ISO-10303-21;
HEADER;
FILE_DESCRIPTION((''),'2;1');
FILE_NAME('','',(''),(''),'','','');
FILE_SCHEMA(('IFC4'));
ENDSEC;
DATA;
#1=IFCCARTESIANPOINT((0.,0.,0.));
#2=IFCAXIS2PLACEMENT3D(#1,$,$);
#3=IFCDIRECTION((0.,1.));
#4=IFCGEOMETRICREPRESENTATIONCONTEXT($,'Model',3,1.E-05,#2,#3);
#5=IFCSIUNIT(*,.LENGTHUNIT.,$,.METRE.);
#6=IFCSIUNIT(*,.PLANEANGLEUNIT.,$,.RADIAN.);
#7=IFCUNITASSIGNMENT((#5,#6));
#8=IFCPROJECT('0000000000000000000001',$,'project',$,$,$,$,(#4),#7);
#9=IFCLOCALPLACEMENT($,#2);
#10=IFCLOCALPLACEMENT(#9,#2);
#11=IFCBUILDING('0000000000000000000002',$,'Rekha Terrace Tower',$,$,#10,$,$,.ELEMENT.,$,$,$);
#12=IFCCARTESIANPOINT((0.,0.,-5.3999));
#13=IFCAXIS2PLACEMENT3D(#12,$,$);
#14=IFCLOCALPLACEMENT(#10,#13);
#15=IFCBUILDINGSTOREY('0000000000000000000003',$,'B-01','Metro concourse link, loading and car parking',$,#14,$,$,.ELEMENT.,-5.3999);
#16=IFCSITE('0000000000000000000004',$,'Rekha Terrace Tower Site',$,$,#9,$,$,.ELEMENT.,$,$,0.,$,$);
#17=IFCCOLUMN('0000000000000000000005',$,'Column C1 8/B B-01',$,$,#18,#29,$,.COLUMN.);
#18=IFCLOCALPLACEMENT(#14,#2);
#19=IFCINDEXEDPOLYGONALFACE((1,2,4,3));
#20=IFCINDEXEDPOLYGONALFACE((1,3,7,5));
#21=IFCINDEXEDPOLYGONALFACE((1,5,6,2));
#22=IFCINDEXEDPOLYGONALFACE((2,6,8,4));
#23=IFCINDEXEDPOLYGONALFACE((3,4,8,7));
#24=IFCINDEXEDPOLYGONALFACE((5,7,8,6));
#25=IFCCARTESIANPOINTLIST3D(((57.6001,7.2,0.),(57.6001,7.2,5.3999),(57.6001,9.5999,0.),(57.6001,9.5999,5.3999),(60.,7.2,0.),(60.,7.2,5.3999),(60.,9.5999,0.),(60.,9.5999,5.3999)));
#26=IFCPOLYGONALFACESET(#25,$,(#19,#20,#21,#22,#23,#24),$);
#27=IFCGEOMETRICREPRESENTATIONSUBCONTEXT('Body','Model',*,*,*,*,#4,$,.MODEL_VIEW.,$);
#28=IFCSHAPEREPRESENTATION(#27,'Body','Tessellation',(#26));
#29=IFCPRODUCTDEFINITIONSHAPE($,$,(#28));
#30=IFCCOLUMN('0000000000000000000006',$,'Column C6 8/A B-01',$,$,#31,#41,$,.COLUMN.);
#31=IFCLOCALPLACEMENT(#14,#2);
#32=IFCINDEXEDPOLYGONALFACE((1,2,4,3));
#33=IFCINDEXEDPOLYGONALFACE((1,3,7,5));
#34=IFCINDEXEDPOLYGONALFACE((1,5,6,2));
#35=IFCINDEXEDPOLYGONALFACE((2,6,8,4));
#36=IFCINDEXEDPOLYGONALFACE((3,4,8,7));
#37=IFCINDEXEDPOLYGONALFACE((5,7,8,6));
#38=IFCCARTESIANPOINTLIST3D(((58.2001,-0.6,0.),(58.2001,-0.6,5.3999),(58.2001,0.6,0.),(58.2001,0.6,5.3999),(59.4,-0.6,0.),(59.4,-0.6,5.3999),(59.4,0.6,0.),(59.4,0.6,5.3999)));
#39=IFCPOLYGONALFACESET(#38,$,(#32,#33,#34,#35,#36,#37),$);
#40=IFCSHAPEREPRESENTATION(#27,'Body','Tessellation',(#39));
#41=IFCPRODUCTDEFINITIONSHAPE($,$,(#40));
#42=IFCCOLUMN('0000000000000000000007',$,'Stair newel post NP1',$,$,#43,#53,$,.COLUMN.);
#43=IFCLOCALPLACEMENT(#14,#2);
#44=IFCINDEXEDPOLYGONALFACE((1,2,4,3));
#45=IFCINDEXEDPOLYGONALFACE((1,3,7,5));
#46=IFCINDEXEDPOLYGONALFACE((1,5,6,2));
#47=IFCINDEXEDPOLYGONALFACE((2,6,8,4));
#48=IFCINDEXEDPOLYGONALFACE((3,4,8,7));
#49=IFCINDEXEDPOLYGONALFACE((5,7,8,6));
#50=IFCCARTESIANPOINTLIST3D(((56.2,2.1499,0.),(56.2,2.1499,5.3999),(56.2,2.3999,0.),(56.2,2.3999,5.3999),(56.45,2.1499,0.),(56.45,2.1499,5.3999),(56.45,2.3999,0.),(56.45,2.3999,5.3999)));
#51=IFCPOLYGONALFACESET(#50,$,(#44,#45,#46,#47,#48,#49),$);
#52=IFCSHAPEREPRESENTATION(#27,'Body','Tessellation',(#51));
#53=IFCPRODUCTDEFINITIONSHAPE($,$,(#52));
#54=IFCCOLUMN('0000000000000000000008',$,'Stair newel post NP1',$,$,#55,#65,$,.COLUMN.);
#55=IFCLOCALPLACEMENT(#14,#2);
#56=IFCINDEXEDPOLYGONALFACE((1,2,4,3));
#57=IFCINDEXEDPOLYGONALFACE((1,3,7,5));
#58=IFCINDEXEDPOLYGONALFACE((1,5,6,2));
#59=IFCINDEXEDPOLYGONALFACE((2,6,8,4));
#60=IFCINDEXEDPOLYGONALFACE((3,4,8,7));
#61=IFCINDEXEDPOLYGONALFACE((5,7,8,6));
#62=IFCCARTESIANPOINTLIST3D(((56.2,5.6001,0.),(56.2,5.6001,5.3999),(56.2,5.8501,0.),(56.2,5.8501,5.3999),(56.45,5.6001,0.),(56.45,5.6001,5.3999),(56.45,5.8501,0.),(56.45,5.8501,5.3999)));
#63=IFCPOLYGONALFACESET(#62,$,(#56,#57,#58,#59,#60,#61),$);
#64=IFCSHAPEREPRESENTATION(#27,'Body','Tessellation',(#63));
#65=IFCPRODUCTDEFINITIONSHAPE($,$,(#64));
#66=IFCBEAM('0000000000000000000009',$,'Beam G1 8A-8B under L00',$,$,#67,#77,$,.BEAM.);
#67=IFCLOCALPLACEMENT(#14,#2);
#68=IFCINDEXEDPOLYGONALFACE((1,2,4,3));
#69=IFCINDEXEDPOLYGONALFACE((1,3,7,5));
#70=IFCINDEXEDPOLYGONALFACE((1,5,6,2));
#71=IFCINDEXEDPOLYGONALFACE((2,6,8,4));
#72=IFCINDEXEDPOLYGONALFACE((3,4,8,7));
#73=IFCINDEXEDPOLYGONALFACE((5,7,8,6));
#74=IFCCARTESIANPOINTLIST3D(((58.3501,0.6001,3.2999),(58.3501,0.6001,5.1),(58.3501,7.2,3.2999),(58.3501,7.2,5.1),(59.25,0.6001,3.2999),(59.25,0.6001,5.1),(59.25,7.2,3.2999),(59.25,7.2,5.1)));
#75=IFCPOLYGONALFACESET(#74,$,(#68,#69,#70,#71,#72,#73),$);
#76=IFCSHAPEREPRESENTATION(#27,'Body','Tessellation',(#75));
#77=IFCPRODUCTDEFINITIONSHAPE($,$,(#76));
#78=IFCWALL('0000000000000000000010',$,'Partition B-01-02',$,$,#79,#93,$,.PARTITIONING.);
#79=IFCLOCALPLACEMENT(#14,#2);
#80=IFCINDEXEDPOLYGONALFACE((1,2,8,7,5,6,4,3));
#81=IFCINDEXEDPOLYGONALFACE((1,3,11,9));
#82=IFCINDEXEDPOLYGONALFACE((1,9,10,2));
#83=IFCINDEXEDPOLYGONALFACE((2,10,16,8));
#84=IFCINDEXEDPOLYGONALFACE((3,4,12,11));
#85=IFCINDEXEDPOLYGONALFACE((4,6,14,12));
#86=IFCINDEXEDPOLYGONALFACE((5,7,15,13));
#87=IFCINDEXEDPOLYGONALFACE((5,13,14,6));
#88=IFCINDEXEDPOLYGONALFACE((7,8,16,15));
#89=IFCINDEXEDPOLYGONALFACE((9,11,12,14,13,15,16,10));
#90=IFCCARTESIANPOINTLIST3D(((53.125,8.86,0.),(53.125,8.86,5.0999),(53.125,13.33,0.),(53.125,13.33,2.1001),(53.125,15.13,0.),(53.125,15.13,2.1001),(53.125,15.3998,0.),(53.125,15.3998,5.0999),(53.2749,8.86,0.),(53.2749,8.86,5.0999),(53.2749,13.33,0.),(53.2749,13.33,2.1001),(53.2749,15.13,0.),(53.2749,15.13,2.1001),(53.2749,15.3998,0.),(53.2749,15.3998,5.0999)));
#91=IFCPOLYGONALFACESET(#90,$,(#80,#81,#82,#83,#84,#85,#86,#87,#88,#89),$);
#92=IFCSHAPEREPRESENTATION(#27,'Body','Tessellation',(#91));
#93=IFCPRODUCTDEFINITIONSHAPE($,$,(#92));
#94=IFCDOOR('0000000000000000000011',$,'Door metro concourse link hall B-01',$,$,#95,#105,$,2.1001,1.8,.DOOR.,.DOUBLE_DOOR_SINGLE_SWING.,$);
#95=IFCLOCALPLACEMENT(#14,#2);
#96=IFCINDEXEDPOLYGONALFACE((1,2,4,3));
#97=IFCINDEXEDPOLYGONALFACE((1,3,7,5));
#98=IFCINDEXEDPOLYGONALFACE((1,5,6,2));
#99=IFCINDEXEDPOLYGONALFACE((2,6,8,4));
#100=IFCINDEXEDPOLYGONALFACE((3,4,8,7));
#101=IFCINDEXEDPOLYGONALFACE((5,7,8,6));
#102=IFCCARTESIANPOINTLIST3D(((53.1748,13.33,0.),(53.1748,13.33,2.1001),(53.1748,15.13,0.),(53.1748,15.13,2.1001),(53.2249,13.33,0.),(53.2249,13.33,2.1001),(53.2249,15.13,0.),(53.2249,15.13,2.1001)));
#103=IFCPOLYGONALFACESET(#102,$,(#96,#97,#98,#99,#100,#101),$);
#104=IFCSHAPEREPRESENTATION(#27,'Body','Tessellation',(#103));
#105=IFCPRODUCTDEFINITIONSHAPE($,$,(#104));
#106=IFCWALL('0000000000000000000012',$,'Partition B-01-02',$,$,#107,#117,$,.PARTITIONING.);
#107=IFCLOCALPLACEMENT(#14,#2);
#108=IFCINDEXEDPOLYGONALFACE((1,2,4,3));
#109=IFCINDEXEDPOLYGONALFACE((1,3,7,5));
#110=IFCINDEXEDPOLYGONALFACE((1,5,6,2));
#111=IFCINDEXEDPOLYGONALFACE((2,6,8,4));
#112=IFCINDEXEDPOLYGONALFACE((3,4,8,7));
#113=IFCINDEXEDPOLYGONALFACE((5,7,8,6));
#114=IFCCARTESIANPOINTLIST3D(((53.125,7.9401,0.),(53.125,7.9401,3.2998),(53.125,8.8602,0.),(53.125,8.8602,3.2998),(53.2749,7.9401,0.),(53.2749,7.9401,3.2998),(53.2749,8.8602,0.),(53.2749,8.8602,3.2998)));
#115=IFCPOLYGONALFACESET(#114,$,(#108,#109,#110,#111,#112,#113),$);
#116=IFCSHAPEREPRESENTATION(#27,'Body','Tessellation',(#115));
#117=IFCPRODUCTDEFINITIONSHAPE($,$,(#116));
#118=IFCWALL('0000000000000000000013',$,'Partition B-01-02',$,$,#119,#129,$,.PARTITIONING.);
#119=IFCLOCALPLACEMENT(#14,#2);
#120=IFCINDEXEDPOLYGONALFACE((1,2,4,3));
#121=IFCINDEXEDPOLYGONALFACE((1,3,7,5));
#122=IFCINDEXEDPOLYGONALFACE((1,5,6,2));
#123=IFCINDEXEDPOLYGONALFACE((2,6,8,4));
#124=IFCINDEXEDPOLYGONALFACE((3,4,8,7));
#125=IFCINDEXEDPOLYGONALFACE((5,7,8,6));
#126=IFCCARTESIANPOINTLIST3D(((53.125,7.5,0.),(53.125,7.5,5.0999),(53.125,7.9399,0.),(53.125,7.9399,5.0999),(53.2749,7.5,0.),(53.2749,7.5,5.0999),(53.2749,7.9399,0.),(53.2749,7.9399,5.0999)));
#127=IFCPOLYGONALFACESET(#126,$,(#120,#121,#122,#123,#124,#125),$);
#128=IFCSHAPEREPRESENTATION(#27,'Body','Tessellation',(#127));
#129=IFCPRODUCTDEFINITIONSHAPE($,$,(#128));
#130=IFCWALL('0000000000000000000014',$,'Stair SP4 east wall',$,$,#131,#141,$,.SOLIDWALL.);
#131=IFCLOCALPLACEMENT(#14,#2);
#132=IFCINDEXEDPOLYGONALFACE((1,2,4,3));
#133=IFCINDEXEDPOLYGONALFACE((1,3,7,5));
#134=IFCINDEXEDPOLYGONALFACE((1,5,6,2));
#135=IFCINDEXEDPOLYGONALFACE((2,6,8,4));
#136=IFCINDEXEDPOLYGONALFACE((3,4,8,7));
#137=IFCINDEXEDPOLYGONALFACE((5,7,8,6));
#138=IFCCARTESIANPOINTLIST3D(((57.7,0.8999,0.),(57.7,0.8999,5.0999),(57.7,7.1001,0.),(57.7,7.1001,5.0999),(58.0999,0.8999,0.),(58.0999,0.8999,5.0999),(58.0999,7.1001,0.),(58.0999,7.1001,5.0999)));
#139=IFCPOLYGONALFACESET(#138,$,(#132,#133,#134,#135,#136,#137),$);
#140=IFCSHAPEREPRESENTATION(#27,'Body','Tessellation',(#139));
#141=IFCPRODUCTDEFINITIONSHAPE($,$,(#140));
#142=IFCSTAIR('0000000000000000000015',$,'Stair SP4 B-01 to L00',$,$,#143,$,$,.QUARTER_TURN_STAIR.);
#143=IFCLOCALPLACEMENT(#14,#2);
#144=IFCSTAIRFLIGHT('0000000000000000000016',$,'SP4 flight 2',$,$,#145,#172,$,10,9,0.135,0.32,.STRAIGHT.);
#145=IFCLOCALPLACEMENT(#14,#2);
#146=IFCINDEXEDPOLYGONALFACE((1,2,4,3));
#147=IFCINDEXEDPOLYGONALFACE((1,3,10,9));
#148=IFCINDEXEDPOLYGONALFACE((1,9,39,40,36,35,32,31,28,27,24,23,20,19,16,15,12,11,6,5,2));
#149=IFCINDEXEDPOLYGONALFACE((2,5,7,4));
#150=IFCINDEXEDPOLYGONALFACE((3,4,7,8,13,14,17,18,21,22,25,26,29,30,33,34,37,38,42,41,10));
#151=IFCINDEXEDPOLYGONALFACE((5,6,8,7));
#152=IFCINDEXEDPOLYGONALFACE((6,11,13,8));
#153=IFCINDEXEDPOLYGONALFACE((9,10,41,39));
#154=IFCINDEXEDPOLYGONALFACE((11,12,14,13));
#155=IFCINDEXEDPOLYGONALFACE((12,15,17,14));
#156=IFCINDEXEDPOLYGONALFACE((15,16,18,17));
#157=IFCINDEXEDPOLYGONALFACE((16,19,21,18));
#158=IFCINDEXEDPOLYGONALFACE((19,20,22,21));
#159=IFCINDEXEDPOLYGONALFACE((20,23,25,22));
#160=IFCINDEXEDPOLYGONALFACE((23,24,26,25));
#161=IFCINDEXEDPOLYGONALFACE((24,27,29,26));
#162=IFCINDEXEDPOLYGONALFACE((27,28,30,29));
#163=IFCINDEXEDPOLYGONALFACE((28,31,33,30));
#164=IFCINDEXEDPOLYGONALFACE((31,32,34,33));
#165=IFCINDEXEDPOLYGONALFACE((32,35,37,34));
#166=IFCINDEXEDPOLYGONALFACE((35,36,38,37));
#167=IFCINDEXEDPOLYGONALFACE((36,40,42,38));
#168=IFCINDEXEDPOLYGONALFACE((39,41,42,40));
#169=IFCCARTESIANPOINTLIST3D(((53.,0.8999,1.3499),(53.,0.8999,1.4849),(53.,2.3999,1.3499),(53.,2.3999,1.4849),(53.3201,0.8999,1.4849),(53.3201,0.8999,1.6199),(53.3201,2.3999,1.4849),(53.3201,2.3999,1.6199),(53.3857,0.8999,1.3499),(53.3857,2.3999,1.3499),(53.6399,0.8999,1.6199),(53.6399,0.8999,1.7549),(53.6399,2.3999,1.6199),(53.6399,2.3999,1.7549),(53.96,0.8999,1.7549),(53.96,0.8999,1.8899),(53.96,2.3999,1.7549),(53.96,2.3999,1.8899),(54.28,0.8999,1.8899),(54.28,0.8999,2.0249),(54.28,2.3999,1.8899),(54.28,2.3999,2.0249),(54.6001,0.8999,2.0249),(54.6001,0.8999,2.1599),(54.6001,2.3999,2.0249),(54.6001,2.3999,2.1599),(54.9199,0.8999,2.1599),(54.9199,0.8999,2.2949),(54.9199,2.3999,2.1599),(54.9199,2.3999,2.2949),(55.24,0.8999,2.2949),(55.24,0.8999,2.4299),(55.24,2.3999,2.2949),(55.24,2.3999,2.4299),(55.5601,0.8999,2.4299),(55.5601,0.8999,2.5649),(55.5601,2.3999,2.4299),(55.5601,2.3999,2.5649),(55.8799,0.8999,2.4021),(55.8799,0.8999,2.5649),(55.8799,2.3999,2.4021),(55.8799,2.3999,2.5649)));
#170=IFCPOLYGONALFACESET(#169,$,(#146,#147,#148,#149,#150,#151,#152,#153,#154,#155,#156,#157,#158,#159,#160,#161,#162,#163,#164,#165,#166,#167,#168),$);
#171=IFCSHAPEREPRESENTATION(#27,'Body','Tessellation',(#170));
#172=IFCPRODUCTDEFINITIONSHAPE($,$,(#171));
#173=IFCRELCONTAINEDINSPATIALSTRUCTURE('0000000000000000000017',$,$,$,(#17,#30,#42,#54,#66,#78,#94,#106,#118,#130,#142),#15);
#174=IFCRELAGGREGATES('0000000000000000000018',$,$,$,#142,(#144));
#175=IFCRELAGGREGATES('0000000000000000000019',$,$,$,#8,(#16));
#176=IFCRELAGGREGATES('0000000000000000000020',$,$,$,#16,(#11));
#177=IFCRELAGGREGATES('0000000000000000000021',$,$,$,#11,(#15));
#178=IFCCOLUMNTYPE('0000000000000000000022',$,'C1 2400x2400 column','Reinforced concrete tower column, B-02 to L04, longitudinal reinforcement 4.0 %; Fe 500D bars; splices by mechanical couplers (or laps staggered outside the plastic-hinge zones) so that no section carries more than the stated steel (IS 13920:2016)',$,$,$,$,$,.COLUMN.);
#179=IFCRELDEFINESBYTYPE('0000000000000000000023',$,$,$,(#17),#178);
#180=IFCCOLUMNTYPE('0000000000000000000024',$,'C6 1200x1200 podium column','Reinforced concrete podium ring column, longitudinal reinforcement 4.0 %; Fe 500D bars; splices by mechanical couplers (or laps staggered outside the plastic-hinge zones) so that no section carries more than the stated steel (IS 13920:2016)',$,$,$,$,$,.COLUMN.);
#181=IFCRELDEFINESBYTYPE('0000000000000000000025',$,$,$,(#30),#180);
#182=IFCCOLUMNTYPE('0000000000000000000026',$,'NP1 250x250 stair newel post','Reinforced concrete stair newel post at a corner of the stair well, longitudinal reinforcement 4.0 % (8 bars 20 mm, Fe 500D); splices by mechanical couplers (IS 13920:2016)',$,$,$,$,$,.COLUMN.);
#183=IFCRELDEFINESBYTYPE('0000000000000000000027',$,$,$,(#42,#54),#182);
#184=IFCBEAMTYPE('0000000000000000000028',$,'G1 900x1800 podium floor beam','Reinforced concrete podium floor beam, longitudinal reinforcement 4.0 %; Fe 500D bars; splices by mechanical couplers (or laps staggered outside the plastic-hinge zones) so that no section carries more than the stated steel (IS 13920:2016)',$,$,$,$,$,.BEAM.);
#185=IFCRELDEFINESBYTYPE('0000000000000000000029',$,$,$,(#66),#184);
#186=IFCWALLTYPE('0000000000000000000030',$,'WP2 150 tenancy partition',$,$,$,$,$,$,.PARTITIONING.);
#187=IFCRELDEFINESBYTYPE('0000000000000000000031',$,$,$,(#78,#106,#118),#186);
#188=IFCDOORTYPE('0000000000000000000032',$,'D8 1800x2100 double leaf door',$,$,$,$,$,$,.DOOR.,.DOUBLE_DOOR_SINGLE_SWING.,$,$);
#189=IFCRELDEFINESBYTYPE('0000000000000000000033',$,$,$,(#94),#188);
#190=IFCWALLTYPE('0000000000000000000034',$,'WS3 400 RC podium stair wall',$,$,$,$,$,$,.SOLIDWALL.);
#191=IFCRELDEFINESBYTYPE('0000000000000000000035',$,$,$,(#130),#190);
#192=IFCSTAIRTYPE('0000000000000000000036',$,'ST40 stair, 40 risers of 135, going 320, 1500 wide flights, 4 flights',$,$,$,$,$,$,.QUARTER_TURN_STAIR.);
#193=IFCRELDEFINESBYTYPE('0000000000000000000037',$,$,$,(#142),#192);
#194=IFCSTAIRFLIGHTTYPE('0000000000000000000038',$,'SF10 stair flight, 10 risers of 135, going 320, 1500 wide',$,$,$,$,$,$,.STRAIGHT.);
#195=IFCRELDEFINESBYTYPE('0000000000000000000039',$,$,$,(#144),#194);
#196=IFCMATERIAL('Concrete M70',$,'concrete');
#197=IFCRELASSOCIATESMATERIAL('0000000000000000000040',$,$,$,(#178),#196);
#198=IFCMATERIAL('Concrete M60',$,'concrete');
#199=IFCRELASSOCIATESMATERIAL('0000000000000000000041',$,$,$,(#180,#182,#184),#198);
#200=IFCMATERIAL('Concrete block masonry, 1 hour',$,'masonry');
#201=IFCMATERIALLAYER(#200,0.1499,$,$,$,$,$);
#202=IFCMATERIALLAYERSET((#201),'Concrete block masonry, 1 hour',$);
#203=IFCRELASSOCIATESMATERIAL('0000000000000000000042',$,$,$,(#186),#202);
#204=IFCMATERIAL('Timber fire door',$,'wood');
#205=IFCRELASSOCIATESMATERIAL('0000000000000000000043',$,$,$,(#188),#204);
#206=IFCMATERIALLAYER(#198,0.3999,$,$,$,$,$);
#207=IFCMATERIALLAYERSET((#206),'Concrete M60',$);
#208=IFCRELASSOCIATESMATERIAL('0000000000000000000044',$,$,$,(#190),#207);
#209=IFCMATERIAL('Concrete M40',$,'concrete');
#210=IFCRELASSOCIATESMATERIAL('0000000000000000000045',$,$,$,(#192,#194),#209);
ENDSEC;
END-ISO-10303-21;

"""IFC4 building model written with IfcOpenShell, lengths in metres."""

from ifc_helpers import new_model, si_unit, direction, frame, frame_2d, origin, origin_2d, place, context, subcontext, project, spatial, polyline, rectangle, outline, extrude, material, layer, layer_set, material_profile, profile_set, type_object, element, fill, aggregate, save


model = new_model("IFC4")

# Units and contexts
model_context = context("Model", 3, precision=1e-05, world=origin(), true_north=direction((0.0, 1.0)))
body_context = subcontext(model_context, "Body", "Model", "MODEL_VIEW")
ifc_project = project(units=[si_unit("LENGTHUNIT", "METRE"), si_unit("PLANEANGLEUNIT", "RADIAN")], contexts=[model_context])

# Site, building, storey
site_placement = place(None, origin())
site = spatial("IfcSite", under=ifc_project, at=site_placement, Name="Rekha Terrace Tower Site", CompositionType="ELEMENT", RefElevation=0.0)
building_placement = place(site_placement, origin())
building = spatial("IfcBuilding", under=site, at=building_placement, Name="Rekha Terrace Tower", CompositionType="ELEMENT")
storey_placement = place(building_placement, frame((0.0, 0.0, -5.3999)))
storey = spatial("IfcBuildingStorey", under=building, at=storey_placement, Name="B-01", Description="Metro concourse link, loading and car parking", CompositionType="ELEMENT", Elevation=-5.3999)

# Columns
ifc_material_1 = material(Name="Concrete M70", Category="concrete")
ifc_material_profile_1 = material_profile(ifc_material_1, rectangle(XDim=2.3999, YDim=2.3999, at=origin_2d()), Name="RC 2400x2400")
ifc_profile_set_1 = profile_set([ifc_material_profile_1], Name="Concrete M70")
column_type_1 = type_object("IfcColumnType", Name="C1 2400x2400 column", Description="Reinforced concrete tower column, B-02 to L04, longitudinal reinforcement 4.0 %; Fe 500D bars; splices by mechanical couplers (or laps staggered outside the plastic-hinge zones) so that no section carries more than the stated steel (IS 13920:2016)", PredefinedType="COLUMN", material=ifc_profile_set_1)
column_1_placement = place(storey_placement, frame((58.8, 8.3999, 0.0), z_axis=(0.0, 0.0, 1.0), x_axis=(1.0, 0.0, 0.0)))
element("IfcColumn", 1, at=column_1_placement, inside=storey, type_object=column_type_1, Name="Column C1 8/B B-01", PredefinedType="COLUMN", context=body_context, shape_type="SweptSolid", body=[
    extrude(rectangle(XDim=2.3999, YDim=2.3999, at=origin_2d()), origin(), (0.0, 0.0, 1.0), 5.3999),
])
ifc_material_2 = material(Name="Concrete M60", Category="concrete")
ifc_material_profile_2 = material_profile(ifc_material_2, rectangle(XDim=1.2, YDim=1.2, at=origin_2d()), Name="RC 1200x1200")
ifc_profile_set_2 = profile_set([ifc_material_profile_2], Name="Concrete M60")
column_type_2 = type_object("IfcColumnType", Name="C6 1200x1200 podium column", Description="Reinforced concrete podium ring column, longitudinal reinforcement 4.0 %; Fe 500D bars; splices by mechanical couplers (or laps staggered outside the plastic-hinge zones) so that no section carries more than the stated steel (IS 13920:2016)", PredefinedType="COLUMN", material=ifc_profile_set_2)
column_2_placement = place(storey_placement, frame((58.8, 0.0, 0.0), z_axis=(0.0, 0.0, 1.0), x_axis=(1.0, 0.0, 0.0)))
element("IfcColumn", 2, at=column_2_placement, inside=storey, type_object=column_type_2, Name="Column C6 8/A B-01", PredefinedType="COLUMN", context=body_context, shape_type="SweptSolid", body=[
    extrude(rectangle(XDim=1.2, YDim=1.2, at=origin_2d()), origin(), (0.0, 0.0, 1.0), 5.3999),
])
ifc_material_profile_3 = material_profile(ifc_material_2, rectangle(XDim=0.25, YDim=0.25, at=origin_2d()), Name="RC 250x250")
ifc_profile_set_3 = profile_set([ifc_material_profile_3], Name="Concrete M60")
column_type_3 = type_object("IfcColumnType", Name="NP1 250x250 stair newel post", Description="Reinforced concrete stair newel post at a corner of the stair well, longitudinal reinforcement 4.0 % (8 bars 20 mm, Fe 500D); splices by mechanical couplers (IS 13920:2016)", PredefinedType="COLUMN", material=ifc_profile_set_3)
for number, where, z_axis, x_axis, name in (
    (3, (56.325, 2.2749, 0.0), (0.0, 0.0, 1.0), (1.0, 0.0, 0.0), "Stair newel post NP1"),
    (4, (56.325, 5.7251, 0.0), (0.0, 0.0, 1.0), (1.0, 0.0, 0.0), "Stair newel post NP1"),
):
    element("IfcColumn", number, at=place(storey_placement, frame(where, z_axis=z_axis, x_axis=x_axis)), inside=storey, type_object=column_type_3, Name=name, PredefinedType="COLUMN", context=body_context, shape_type="SweptSolid", body=[
        extrude(rectangle(XDim=0.25, YDim=0.25, at=origin_2d()), origin(), (0.0, 0.0, 1.0), 5.3999),
    ])

# Beam
ifc_material_profile_4 = material_profile(ifc_material_2, rectangle(XDim=0.8999, YDim=1.8, at=origin_2d()), Name="RC 900x1800")
ifc_profile_set_4 = profile_set([ifc_material_profile_4], Name="Concrete M60")
beam_type = type_object("IfcBeamType", Name="G1 900x1800 podium floor beam", Description="Reinforced concrete podium floor beam, longitudinal reinforcement 4.0 %; Fe 500D bars; splices by mechanical couplers (or laps staggered outside the plastic-hinge zones) so that no section carries more than the stated steel (IS 13920:2016)", PredefinedType="BEAM", material=ifc_profile_set_4)
beam_placement = place(storey_placement, frame((58.8, 0.6001, 4.2), z_axis=(0.0, 1.0, 0.0), x_axis=(-1.0, 0.0, 0.0)))
element("IfcBeam", 5, at=beam_placement, inside=storey, type_object=beam_type, Name="Beam G1 8A-8B under L00", PredefinedType="BEAM", context=body_context, shape_type="SweptSolid", body=[
    extrude(rectangle(XDim=0.8999, YDim=1.8, at=origin_2d()), origin(), (0.0, 0.0, 1.0), 6.5999),
])

# Wall, opening, door
ifc_material_3 = material(Name="Concrete block masonry, 1 hour", Category="masonry")
ifc_layer_1 = layer(ifc_material_3, 0.1499)
ifc_layer_set_1 = layer_set([ifc_layer_1], Name="Concrete block masonry, 1 hour")
wall_type_1 = type_object("IfcWallType", Name="WP2 150 tenancy partition", PredefinedType="PARTITIONING", material=ifc_layer_set_1)
wall_1_placement = place(storey_placement, frame((53.2, 15.3999, 0.0), z_axis=(0.0, 0.0, 1.0), x_axis=(0.0, -1.0, 0.0)))
wall_1 = element("IfcWall", 6, at=wall_1_placement, inside=storey, type_object=wall_type_1, Name="Partition B-01-02", PredefinedType="PARTITIONING", context=body_context, shape_type="SweptSolid", body=[
    extrude(rectangle(XDim=6.5398, YDim=0.1499, at=frame_2d((3.27, 0.0))), origin(), (0.0, 0.0, 1.0), 5.0999),
])
opening_placement = place(wall_1_placement, frame((0.27, 0.0, 0.0)))
opening = element("IfcOpeningElement", 7, at=opening_placement, cuts=wall_1, PredefinedType="OPENING", context=body_context, shape_type="SweptSolid", body=[
    extrude(rectangle(XDim=1.8, YDim=2.1001, at=frame_2d((0.8999, 1.05))), frame((0.0, 0.085, 0.0), z_axis=(0.0, -1.0, 0.0), x_axis=(1.0, 0.0, 0.0)), (0.0, 0.0, 1.0), 0.1699),
])
ifc_material_4 = material(Name="Timber fire door", Category="wood")
door_type = type_object("IfcDoorType", Name="D8 1800x2100 double leaf door", OperationType="DOUBLE_DOOR_SINGLE_SWING", PredefinedType="DOOR", material=ifc_material_4)
door_placement = place(opening_placement, origin())
door = element("IfcDoor", 8, at=door_placement, inside=storey, type_object=door_type, Name="Door metro concourse link hall B-01", OperationType="DOUBLE_DOOR_SINGLE_SWING", OverallHeight=2.1001, OverallWidth=1.8, PredefinedType="DOOR", context=body_context, shape_type="SweptSolid", body=[
    extrude(rectangle(XDim=1.8, YDim=2.1001, at=frame_2d((0.8999, 1.05))), frame((0.0, 0.0249, 0.0), z_axis=(0.0, -1.0, 0.0), x_axis=(1.0, 0.0, 0.0)), (0.0, 0.0, 1.0), 0.05),
])
fill(opening, door)

# Walls
wall_2_placement = place(storey_placement, frame((53.2, 8.8601, 0.0), z_axis=(0.0, 0.0, 1.0), x_axis=(0.0, -1.0, 0.0)))
element("IfcWall", 9, at=wall_2_placement, inside=storey, type_object=wall_type_1, Name="Partition B-01-02", PredefinedType="PARTITIONING", context=body_context, shape_type="SweptSolid", body=[
    extrude(rectangle(XDim=0.9202, YDim=0.1499, at=frame_2d((0.46, 0.0))), origin(), (0.0, 0.0, 1.0), 3.2998),
])
wall_3_placement = place(storey_placement, frame((53.2, 7.9399, 0.0), z_axis=(0.0, 0.0, 1.0), x_axis=(0.0, -1.0, 0.0)))
element("IfcWall", 10, at=wall_3_placement, inside=storey, type_object=wall_type_1, Name="Partition B-01-02", PredefinedType="PARTITIONING", context=body_context, shape_type="SweptSolid", body=[
    extrude(rectangle(XDim=0.4399, YDim=0.1499, at=frame_2d((0.22, 0.0))), origin(), (0.0, 0.0, 1.0), 5.0999),
])
ifc_layer_2 = layer(ifc_material_2, 0.3999)
ifc_layer_set_2 = layer_set([ifc_layer_2], Name="Concrete M60")
wall_type_2 = type_object("IfcWallType", Name="WS3 400 RC podium stair wall", PredefinedType="SOLIDWALL", material=ifc_layer_set_2)
wall_4_placement = place(storey_placement, frame((57.8999, 0.8999, 0.0), z_axis=(0.0, 0.0, 1.0), x_axis=(0.0, 1.0, 0.0)))
element("IfcWall", 11, at=wall_4_placement, inside=storey, type_object=wall_type_2, Name="Stair SP4 east wall", PredefinedType="SOLIDWALL", context=body_context, shape_type="SweptSolid", body=[
    extrude(rectangle(XDim=6.2002, YDim=0.3999, at=frame_2d((3.1001, 0.0))), origin(), (0.0, 0.0, 1.0), 5.0999),
])

# Stair, stair flight
ifc_material_5 = material(Name="Concrete M40", Category="concrete")
stair_type = type_object("IfcStairType", Name="ST40 stair, 40 risers of 135, going 320, 1500 wide flights, 4 flights", PredefinedType="QUARTER_TURN_STAIR", material=ifc_material_5)
stair_placement = place(storey_placement, origin())
stair = element("IfcStair", 12, at=stair_placement, inside=storey, type_object=stair_type, Name="Stair SP4 B-01 to L00", PredefinedType="QUARTER_TURN_STAIR")
stair_flight_type = type_object("IfcStairFlightType", Name="SF10 stair flight, 10 risers of 135, going 320, 1500 wide", PredefinedType="STRAIGHT", material=ifc_material_5)
stair_flight_1_placement = place(storey_placement, frame((53.0, 1.6499, 1.3499), z_axis=(0.0, 0.0, 1.0), x_axis=(1.0, 0.0, 0.0)))
stair_flight_1 = element("IfcStairFlight", 13, at=stair_flight_1_placement, type_object=stair_flight_type, Name="SP4 flight 2", NumberOfRisers=10, NumberOfTreads=9, PredefinedType="STRAIGHT", RiserHeight=0.135, TreadLength=0.32, context=body_context, shape_type="SweptSolid", body=[
    extrude(outline(polyline([(0.0, 0.0), (0.0, 0.135), (0.3201, 0.135), (0.3201, 0.27), (0.6399, 0.27), (0.6399, 0.405), (0.96, 0.405), (0.96, 0.54), (1.28, 0.54), (1.28, 0.675), (1.6001, 0.675), (1.6001, 0.8101), (1.9199, 0.8101), (1.9199, 0.9451), (2.24, 0.9451), (2.24, 1.0801), (2.5601, 1.0801), (2.5601, 1.2151), (2.8799, 1.2151), (2.8799, 1.3501), (2.8799, 1.0522), (0.3857, 0.0), (0.0, 0.0)])), frame((0.0, 0.75, 0.0), z_axis=(0.0, -1.0, 0.0), x_axis=(1.0, 0.0, 0.0)), (0.0, 0.0, 1.0), 1.5),
])
aggregate(stair, [stair_flight_1])

save(model, "model.ifc")
